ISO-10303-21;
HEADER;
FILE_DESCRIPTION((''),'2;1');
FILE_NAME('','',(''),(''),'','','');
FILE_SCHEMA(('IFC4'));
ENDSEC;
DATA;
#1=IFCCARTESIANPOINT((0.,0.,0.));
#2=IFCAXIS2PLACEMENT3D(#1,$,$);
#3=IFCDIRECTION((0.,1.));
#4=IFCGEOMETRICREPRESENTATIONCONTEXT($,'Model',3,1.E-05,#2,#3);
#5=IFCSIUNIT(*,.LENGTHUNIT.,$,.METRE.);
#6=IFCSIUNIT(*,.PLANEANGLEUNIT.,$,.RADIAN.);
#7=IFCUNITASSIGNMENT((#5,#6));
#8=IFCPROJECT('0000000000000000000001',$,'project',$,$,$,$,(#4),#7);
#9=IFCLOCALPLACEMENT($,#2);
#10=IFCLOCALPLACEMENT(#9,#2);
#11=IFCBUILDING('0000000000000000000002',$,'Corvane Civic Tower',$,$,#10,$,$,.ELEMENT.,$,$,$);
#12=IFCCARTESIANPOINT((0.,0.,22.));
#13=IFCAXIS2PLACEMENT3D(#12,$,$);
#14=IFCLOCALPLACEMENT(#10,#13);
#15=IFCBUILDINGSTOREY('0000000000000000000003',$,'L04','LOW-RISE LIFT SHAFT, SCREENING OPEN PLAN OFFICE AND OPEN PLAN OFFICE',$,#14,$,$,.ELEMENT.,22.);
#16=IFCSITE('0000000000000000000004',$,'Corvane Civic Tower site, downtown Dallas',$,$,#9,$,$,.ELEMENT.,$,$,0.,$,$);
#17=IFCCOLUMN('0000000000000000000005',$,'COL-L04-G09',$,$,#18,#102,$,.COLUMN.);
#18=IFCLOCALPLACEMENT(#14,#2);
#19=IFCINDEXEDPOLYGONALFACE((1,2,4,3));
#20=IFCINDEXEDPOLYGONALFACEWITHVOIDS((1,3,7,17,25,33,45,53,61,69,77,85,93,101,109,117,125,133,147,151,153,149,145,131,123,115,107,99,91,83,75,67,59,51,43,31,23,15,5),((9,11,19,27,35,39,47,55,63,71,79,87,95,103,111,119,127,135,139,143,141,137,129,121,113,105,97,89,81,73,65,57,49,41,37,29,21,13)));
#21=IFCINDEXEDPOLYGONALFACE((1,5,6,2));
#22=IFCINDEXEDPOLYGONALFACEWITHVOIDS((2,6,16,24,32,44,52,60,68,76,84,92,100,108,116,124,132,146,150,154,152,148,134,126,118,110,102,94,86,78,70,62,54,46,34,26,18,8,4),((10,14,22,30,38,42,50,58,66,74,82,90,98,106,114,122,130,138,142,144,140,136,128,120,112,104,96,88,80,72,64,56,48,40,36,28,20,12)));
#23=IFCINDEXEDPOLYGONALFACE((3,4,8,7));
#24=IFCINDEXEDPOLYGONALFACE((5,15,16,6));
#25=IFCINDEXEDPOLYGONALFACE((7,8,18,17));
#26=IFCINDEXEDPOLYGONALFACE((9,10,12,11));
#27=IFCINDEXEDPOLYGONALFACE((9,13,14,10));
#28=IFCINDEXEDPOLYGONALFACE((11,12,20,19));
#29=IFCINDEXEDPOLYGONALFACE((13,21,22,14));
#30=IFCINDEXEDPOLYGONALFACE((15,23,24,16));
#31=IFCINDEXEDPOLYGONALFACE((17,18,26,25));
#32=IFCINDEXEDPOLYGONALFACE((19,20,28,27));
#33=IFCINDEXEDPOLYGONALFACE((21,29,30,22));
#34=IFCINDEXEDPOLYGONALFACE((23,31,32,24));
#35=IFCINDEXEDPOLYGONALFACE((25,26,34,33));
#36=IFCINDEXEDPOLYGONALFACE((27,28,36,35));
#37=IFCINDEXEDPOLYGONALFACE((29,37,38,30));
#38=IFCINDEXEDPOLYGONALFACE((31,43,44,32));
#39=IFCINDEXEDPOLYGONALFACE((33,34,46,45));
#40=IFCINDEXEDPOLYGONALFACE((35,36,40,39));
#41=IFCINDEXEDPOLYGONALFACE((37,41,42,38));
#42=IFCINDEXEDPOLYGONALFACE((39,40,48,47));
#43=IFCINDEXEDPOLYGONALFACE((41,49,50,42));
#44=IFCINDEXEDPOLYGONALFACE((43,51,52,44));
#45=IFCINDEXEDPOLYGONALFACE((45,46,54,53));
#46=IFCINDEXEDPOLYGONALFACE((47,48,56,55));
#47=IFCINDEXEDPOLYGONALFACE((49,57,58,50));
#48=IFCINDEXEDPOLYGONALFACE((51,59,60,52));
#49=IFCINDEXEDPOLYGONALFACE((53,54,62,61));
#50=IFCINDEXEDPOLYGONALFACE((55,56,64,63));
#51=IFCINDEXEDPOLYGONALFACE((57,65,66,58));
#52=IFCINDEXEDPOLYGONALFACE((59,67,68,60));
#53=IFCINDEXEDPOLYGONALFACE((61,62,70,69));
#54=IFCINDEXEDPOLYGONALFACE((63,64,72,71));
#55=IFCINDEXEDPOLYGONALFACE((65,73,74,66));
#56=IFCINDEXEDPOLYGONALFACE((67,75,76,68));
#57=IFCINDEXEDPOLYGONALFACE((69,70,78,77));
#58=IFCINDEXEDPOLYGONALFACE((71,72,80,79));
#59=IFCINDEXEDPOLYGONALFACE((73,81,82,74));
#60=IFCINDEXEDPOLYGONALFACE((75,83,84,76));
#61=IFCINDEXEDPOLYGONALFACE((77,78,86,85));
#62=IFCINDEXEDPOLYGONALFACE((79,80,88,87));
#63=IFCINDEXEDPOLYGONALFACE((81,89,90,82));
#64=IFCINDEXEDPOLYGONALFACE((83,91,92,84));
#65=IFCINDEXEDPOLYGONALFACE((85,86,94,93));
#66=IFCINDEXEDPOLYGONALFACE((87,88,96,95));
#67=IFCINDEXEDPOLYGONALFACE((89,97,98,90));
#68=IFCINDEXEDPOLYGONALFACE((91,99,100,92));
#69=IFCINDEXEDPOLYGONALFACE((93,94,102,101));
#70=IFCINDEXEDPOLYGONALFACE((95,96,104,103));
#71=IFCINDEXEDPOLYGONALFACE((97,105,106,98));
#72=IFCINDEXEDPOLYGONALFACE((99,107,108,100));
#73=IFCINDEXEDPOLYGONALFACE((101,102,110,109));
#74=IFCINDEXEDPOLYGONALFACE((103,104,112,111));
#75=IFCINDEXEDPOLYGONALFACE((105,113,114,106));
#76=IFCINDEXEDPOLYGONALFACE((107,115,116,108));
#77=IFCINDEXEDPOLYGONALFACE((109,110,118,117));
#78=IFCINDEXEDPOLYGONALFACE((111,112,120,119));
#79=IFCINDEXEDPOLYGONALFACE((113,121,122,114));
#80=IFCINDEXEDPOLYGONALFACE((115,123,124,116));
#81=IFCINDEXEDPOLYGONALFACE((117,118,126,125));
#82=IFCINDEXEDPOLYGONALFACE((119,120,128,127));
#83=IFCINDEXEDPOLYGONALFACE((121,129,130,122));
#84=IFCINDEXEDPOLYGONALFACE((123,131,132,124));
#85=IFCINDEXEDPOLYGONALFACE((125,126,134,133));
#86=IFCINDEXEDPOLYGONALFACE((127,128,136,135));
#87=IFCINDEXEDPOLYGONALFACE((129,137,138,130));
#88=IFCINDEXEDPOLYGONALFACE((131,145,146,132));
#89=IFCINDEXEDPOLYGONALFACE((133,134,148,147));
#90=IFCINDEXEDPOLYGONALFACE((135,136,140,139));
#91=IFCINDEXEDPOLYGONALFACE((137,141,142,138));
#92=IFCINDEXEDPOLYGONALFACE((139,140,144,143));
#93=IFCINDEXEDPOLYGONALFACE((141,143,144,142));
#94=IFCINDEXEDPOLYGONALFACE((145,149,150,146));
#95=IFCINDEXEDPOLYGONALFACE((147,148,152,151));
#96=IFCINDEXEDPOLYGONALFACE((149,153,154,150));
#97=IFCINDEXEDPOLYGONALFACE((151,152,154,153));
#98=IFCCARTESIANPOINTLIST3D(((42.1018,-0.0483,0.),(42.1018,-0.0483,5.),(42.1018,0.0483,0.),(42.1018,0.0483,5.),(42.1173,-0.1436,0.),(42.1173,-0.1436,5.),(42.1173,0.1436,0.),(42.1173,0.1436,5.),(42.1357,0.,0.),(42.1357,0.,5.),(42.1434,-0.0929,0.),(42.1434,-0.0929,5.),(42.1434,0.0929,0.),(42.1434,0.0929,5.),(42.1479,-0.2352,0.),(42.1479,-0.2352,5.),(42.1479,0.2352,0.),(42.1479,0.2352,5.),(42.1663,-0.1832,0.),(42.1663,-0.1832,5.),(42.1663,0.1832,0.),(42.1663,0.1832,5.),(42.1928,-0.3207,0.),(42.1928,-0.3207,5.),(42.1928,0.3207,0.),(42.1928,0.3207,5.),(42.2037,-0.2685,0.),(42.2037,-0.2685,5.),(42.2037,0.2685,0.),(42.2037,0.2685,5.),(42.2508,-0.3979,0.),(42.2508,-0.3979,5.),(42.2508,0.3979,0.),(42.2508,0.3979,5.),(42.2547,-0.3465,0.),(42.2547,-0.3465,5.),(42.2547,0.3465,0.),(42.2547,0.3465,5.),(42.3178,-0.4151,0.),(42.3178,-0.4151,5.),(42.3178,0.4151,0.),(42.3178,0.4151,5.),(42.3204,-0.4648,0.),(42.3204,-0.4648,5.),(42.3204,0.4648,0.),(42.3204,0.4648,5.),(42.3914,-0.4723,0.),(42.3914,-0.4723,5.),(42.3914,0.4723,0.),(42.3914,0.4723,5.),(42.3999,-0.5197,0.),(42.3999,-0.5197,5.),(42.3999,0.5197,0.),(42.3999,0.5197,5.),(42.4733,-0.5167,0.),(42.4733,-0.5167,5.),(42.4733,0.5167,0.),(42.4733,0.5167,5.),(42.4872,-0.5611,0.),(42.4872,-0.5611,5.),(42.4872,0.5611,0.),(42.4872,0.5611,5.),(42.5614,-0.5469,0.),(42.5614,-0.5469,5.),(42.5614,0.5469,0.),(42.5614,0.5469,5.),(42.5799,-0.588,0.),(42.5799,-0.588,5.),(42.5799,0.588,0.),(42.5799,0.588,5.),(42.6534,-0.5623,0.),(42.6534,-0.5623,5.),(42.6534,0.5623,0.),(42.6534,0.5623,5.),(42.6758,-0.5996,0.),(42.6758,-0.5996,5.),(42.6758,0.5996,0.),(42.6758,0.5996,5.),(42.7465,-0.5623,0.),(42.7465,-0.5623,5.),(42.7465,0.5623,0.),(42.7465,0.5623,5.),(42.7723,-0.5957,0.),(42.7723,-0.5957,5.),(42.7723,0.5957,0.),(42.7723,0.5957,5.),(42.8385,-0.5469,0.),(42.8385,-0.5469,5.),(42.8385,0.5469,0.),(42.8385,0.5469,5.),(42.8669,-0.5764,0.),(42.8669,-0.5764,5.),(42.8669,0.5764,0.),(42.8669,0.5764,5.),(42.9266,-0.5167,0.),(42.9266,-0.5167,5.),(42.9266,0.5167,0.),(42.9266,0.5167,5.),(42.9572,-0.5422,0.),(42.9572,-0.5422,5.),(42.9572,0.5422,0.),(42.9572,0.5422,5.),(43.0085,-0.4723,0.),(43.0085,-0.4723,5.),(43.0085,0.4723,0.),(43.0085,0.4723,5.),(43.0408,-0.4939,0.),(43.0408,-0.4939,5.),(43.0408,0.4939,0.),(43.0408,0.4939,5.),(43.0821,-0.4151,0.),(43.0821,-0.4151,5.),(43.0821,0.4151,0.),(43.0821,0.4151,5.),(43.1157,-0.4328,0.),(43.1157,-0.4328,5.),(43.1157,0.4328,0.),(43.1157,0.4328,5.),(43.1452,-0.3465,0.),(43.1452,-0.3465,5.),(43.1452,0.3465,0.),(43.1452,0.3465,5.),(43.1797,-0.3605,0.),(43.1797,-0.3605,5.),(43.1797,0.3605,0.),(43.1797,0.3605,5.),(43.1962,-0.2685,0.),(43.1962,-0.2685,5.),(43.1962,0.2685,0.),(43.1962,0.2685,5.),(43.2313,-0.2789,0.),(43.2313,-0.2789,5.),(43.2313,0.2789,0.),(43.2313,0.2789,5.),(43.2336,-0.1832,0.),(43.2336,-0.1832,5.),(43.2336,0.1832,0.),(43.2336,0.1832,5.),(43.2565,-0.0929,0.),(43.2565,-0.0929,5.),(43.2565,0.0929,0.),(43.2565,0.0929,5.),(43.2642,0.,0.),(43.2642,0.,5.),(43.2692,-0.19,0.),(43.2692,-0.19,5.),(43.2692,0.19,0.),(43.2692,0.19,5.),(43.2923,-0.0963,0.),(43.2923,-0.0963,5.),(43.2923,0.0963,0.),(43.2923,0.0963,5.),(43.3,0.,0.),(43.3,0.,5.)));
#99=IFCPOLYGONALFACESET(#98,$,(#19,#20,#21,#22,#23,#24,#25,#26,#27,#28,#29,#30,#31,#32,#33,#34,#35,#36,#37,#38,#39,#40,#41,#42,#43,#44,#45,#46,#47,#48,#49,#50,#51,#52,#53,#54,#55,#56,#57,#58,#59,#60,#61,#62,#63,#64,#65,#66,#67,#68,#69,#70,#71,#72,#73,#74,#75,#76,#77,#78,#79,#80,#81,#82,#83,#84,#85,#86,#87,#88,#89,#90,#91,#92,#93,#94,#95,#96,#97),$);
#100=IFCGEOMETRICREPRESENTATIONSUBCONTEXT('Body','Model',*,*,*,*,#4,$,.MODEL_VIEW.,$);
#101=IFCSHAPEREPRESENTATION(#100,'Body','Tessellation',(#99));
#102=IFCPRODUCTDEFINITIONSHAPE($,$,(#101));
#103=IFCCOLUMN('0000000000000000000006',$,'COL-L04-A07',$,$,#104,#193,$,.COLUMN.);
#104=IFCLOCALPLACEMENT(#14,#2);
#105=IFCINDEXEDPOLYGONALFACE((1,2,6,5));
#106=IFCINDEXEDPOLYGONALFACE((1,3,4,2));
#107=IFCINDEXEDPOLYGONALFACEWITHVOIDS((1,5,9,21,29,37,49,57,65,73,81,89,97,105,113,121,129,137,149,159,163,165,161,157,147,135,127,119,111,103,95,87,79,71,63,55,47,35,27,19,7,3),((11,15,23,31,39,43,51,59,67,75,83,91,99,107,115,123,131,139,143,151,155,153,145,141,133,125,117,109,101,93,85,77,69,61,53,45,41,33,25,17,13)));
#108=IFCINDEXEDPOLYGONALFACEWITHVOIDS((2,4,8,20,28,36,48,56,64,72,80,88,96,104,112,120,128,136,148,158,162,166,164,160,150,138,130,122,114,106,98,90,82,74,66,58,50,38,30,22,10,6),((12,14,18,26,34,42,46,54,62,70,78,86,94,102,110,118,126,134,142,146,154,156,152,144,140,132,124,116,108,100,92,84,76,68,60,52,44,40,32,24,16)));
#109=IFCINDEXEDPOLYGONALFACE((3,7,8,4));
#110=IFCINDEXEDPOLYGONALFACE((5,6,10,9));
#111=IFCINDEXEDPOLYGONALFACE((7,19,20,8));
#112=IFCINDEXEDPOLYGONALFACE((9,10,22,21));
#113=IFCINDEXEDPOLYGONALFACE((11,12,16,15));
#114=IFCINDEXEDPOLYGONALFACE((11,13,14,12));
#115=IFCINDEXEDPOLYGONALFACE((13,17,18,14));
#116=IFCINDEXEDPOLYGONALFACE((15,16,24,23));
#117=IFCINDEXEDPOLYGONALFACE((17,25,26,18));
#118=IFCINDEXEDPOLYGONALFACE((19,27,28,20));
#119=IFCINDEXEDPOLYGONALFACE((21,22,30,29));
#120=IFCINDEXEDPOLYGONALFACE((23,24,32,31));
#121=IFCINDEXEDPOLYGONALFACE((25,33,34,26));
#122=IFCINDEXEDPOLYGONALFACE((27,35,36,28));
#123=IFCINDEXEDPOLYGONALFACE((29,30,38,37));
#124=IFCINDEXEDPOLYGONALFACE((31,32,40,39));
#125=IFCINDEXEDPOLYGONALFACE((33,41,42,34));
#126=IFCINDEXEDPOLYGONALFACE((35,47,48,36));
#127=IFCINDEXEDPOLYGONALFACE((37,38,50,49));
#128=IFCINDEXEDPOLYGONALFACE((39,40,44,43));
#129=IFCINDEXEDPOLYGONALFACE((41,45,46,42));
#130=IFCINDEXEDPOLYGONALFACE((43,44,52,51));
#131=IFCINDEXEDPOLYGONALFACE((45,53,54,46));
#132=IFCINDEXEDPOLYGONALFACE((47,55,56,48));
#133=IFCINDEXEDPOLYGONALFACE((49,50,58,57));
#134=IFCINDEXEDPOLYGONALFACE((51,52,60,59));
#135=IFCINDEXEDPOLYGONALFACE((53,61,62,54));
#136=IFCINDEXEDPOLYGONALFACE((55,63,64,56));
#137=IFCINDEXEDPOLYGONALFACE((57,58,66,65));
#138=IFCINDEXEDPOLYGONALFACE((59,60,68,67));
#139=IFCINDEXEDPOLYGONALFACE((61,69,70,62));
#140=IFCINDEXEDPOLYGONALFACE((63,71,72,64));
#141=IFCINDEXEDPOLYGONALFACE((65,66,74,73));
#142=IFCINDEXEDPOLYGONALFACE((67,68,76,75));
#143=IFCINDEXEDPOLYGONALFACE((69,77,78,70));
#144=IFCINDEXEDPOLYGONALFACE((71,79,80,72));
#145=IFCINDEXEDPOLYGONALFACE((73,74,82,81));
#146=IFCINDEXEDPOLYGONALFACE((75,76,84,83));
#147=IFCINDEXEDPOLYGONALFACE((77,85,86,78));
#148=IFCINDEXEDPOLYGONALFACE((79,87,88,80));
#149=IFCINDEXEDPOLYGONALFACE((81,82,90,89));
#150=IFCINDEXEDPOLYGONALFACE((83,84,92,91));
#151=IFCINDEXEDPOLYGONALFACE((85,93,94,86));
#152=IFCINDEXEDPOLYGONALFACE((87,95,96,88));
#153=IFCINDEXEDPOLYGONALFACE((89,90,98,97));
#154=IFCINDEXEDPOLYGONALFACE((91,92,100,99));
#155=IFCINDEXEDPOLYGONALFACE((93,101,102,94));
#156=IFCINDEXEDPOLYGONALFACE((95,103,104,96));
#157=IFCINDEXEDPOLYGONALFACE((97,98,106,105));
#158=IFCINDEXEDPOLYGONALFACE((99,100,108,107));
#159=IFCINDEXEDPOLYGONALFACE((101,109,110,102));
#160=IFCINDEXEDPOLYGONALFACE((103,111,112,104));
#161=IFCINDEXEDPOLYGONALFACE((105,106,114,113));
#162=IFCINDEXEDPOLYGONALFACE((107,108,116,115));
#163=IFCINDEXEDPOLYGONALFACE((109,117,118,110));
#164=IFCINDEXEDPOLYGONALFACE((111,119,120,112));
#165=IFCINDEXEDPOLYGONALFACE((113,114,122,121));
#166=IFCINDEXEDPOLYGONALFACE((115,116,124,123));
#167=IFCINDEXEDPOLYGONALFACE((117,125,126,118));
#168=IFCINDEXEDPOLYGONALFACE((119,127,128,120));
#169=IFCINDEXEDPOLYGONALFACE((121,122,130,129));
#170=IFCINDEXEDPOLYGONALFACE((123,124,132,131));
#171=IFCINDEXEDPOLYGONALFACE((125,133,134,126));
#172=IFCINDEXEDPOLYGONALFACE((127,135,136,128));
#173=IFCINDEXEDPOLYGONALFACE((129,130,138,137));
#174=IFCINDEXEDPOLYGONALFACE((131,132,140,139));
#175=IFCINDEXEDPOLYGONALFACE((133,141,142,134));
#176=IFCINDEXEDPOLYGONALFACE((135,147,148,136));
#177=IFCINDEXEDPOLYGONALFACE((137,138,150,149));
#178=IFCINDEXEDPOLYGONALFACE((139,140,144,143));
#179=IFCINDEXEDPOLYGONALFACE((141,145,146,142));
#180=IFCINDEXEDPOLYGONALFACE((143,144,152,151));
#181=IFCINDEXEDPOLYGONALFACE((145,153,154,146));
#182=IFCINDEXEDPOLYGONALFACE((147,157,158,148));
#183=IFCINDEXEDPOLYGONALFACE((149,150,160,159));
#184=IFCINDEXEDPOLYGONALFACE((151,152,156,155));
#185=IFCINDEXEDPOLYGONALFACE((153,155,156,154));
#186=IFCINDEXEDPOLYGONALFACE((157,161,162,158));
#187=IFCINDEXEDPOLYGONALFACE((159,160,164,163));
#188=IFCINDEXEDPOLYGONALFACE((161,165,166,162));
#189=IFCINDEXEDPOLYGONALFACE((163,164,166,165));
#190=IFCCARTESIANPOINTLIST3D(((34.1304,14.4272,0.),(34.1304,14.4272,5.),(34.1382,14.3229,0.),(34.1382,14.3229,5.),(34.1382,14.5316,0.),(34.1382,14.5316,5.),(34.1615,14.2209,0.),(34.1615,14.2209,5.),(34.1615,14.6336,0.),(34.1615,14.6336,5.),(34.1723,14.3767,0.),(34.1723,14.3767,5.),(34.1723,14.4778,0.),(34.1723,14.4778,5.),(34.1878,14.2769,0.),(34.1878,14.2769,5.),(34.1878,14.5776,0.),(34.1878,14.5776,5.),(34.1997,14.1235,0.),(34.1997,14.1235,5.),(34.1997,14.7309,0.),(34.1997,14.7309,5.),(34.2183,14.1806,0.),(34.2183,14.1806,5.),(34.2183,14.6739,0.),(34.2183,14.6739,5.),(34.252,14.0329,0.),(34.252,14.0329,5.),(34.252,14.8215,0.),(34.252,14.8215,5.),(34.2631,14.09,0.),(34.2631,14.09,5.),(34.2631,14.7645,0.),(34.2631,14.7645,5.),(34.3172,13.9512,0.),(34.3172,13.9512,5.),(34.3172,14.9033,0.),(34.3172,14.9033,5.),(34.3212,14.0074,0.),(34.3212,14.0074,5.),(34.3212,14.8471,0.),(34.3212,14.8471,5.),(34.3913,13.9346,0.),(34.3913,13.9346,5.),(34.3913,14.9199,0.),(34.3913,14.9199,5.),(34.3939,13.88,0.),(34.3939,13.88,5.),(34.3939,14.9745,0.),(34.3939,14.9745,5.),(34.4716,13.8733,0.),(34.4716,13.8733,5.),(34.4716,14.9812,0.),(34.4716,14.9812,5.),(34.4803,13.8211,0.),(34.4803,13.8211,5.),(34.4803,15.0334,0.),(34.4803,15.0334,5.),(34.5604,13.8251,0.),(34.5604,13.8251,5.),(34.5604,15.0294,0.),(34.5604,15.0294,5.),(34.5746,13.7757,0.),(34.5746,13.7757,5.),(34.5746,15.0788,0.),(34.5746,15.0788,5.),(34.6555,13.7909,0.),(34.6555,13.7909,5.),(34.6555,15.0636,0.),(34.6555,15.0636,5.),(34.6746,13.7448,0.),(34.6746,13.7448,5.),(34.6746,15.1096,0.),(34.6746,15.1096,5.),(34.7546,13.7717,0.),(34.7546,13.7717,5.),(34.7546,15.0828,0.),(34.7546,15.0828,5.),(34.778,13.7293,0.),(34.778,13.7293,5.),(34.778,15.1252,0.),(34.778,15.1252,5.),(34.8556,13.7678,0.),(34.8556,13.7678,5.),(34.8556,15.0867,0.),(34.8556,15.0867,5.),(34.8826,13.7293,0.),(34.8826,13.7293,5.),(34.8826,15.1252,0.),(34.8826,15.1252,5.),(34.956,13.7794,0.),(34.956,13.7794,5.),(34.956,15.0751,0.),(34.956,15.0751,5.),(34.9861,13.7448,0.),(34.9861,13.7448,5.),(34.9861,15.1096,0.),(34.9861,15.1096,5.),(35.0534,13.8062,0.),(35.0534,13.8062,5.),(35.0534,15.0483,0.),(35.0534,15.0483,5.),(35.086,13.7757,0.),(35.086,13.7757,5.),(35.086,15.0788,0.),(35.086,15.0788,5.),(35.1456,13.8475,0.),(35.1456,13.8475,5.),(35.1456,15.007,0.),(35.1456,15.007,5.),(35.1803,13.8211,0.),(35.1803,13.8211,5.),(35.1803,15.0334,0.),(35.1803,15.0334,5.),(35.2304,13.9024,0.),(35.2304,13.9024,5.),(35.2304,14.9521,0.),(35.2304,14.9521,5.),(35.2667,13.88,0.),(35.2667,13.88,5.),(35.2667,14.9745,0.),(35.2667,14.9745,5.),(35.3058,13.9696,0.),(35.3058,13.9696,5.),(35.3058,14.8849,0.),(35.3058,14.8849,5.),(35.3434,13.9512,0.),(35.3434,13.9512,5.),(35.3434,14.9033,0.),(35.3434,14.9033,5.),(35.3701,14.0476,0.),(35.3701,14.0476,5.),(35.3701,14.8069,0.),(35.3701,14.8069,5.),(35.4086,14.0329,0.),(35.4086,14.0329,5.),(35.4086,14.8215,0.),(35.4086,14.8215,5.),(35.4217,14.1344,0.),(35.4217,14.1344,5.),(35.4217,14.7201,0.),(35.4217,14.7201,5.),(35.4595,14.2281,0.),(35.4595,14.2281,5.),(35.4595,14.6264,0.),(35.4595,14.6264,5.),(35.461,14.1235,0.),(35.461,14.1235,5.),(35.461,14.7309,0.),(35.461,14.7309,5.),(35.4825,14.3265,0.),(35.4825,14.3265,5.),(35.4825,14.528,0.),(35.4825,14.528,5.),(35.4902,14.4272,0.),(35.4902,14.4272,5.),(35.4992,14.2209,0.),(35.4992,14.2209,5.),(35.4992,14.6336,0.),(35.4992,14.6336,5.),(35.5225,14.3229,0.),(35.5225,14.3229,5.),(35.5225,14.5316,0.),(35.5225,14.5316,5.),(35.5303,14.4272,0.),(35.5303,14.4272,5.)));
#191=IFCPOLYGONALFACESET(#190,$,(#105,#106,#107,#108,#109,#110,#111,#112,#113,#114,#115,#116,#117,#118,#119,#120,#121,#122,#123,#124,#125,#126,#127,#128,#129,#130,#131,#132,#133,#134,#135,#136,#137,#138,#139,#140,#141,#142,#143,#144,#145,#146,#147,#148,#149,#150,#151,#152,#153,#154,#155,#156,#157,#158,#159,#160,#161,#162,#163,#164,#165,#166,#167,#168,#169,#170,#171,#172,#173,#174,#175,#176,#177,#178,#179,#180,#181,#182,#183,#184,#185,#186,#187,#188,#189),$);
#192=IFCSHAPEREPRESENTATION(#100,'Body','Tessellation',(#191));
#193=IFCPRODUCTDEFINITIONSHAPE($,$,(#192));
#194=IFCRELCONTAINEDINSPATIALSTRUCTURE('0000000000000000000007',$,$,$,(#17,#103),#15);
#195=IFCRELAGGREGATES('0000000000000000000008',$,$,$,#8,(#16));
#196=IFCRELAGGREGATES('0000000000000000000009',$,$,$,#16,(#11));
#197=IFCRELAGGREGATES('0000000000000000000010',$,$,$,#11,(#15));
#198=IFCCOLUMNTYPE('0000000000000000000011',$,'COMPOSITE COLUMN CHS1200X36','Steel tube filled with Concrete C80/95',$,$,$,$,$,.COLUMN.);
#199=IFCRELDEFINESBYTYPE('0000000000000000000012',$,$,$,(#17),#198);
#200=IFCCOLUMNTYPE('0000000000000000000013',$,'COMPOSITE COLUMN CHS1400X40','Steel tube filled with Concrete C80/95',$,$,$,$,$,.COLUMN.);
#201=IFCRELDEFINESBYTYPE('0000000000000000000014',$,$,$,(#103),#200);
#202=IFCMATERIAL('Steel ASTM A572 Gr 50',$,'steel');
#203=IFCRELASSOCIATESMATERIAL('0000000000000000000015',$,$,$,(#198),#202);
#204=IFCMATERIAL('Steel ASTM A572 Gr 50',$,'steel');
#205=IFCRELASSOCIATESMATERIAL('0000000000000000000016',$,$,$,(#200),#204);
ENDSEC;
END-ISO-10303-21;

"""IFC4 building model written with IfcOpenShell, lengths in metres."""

from ifc_helpers import new_model, si_unit, direction, frame, origin, origin_2d, place, context, subcontext, project, spatial, hollow_circle, extrude, material, material_profile, profile_set, type_object, element, save


model = new_model("IFC4")

# Units and contexts
model_context = context("Model", 3, precision=1e-05, world=origin(), true_north=direction((0.0, 1.0)))
body_context = subcontext(model_context, "Body", "Model", "MODEL_VIEW")
ifc_project = project(units=[si_unit("LENGTHUNIT", "METRE"), si_unit("PLANEANGLEUNIT", "RADIAN")], contexts=[model_context])

# Site, building, storey
site_placement = place(None, origin())
site = spatial("IfcSite", under=ifc_project, at=site_placement, Name="Corvane Civic Tower site, downtown Dallas", CompositionType="ELEMENT", RefElevation=0.0)
building_placement = place(site_placement, origin())
building = spatial("IfcBuilding", under=site, at=building_placement, Name="Corvane Civic Tower", CompositionType="ELEMENT")
storey_placement = place(building_placement, frame((0.0, 0.0, 22.0)))
storey = spatial("IfcBuildingStorey", under=building, at=storey_placement, Name="L04", Description="LOW-RISE LIFT SHAFT, SCREENING OPEN PLAN OFFICE AND OPEN PLAN OFFICE", CompositionType="ELEMENT", Elevation=22.0)

# Columns
ifc_material_1 = material(Name="Steel ASTM A572 Gr 50", Category="steel")
ifc_material_profile_1 = material_profile(ifc_material_1, hollow_circle(Radius=0.6001, WallThickness=0.0359, at=origin_2d()), Name="CHS1200X36")
ifc_profile_set_1 = profile_set([ifc_material_profile_1], Name="Steel ASTM A572 Gr 50")
column_type_1 = type_object("IfcColumnType", Name="COMPOSITE COLUMN CHS1200X36", Description="Steel tube filled with Concrete C80/95", PredefinedType="COLUMN", material=ifc_profile_set_1)
for number, where, z_axis, x_axis, name in (
    (1, (42.7, 0.0, 0.0), (0.0, 0.0, 1.0), (1.0, 0.0, 0.0), "COL-L04-G09"),
):
    element("IfcColumn", number, at=place(storey_placement, frame(where, z_axis=z_axis, x_axis=x_axis)), inside=storey, type_object=column_type_1, Name=name, PredefinedType="COLUMN", context=body_context, shape_type="SweptSolid", body=[
        extrude(hollow_circle(Radius=0.6001, WallThickness=0.0359, at=origin_2d()), origin(), (0.0, 0.0, 1.0), 5.0),
    ])
ifc_material_2 = material(Name="Steel ASTM A572 Gr 50", Category="steel")
ifc_material_profile_2 = material_profile(ifc_material_2, hollow_circle(Radius=0.7, WallThickness=0.04, at=origin_2d()), Name="CHS1400X40")
ifc_profile_set_2 = profile_set([ifc_material_profile_2], Name="Steel ASTM A572 Gr 50")
column_type_2 = type_object("IfcColumnType", Name="COMPOSITE COLUMN CHS1400X40", Description="Steel tube filled with Concrete C80/95", PredefinedType="COLUMN", material=ifc_profile_set_2)
for number, where, z_axis, x_axis, name in (
    (2, (34.8303, 14.4272, 0.0), (0.0, 0.0, 1.0), (1.0, 0.0, 0.0), "COL-L04-A07"),
):
    element("IfcColumn", number, at=place(storey_placement, frame(where, z_axis=z_axis, x_axis=x_axis)), inside=storey, type_object=column_type_2, Name=name, PredefinedType="COLUMN", context=body_context, shape_type="SweptSolid", body=[
        extrude(hollow_circle(Radius=0.7, WallThickness=0.04, at=origin_2d()), origin(), (0.0, 0.0, 1.0), 5.0),
    ])

save(model, "model.ifc")
